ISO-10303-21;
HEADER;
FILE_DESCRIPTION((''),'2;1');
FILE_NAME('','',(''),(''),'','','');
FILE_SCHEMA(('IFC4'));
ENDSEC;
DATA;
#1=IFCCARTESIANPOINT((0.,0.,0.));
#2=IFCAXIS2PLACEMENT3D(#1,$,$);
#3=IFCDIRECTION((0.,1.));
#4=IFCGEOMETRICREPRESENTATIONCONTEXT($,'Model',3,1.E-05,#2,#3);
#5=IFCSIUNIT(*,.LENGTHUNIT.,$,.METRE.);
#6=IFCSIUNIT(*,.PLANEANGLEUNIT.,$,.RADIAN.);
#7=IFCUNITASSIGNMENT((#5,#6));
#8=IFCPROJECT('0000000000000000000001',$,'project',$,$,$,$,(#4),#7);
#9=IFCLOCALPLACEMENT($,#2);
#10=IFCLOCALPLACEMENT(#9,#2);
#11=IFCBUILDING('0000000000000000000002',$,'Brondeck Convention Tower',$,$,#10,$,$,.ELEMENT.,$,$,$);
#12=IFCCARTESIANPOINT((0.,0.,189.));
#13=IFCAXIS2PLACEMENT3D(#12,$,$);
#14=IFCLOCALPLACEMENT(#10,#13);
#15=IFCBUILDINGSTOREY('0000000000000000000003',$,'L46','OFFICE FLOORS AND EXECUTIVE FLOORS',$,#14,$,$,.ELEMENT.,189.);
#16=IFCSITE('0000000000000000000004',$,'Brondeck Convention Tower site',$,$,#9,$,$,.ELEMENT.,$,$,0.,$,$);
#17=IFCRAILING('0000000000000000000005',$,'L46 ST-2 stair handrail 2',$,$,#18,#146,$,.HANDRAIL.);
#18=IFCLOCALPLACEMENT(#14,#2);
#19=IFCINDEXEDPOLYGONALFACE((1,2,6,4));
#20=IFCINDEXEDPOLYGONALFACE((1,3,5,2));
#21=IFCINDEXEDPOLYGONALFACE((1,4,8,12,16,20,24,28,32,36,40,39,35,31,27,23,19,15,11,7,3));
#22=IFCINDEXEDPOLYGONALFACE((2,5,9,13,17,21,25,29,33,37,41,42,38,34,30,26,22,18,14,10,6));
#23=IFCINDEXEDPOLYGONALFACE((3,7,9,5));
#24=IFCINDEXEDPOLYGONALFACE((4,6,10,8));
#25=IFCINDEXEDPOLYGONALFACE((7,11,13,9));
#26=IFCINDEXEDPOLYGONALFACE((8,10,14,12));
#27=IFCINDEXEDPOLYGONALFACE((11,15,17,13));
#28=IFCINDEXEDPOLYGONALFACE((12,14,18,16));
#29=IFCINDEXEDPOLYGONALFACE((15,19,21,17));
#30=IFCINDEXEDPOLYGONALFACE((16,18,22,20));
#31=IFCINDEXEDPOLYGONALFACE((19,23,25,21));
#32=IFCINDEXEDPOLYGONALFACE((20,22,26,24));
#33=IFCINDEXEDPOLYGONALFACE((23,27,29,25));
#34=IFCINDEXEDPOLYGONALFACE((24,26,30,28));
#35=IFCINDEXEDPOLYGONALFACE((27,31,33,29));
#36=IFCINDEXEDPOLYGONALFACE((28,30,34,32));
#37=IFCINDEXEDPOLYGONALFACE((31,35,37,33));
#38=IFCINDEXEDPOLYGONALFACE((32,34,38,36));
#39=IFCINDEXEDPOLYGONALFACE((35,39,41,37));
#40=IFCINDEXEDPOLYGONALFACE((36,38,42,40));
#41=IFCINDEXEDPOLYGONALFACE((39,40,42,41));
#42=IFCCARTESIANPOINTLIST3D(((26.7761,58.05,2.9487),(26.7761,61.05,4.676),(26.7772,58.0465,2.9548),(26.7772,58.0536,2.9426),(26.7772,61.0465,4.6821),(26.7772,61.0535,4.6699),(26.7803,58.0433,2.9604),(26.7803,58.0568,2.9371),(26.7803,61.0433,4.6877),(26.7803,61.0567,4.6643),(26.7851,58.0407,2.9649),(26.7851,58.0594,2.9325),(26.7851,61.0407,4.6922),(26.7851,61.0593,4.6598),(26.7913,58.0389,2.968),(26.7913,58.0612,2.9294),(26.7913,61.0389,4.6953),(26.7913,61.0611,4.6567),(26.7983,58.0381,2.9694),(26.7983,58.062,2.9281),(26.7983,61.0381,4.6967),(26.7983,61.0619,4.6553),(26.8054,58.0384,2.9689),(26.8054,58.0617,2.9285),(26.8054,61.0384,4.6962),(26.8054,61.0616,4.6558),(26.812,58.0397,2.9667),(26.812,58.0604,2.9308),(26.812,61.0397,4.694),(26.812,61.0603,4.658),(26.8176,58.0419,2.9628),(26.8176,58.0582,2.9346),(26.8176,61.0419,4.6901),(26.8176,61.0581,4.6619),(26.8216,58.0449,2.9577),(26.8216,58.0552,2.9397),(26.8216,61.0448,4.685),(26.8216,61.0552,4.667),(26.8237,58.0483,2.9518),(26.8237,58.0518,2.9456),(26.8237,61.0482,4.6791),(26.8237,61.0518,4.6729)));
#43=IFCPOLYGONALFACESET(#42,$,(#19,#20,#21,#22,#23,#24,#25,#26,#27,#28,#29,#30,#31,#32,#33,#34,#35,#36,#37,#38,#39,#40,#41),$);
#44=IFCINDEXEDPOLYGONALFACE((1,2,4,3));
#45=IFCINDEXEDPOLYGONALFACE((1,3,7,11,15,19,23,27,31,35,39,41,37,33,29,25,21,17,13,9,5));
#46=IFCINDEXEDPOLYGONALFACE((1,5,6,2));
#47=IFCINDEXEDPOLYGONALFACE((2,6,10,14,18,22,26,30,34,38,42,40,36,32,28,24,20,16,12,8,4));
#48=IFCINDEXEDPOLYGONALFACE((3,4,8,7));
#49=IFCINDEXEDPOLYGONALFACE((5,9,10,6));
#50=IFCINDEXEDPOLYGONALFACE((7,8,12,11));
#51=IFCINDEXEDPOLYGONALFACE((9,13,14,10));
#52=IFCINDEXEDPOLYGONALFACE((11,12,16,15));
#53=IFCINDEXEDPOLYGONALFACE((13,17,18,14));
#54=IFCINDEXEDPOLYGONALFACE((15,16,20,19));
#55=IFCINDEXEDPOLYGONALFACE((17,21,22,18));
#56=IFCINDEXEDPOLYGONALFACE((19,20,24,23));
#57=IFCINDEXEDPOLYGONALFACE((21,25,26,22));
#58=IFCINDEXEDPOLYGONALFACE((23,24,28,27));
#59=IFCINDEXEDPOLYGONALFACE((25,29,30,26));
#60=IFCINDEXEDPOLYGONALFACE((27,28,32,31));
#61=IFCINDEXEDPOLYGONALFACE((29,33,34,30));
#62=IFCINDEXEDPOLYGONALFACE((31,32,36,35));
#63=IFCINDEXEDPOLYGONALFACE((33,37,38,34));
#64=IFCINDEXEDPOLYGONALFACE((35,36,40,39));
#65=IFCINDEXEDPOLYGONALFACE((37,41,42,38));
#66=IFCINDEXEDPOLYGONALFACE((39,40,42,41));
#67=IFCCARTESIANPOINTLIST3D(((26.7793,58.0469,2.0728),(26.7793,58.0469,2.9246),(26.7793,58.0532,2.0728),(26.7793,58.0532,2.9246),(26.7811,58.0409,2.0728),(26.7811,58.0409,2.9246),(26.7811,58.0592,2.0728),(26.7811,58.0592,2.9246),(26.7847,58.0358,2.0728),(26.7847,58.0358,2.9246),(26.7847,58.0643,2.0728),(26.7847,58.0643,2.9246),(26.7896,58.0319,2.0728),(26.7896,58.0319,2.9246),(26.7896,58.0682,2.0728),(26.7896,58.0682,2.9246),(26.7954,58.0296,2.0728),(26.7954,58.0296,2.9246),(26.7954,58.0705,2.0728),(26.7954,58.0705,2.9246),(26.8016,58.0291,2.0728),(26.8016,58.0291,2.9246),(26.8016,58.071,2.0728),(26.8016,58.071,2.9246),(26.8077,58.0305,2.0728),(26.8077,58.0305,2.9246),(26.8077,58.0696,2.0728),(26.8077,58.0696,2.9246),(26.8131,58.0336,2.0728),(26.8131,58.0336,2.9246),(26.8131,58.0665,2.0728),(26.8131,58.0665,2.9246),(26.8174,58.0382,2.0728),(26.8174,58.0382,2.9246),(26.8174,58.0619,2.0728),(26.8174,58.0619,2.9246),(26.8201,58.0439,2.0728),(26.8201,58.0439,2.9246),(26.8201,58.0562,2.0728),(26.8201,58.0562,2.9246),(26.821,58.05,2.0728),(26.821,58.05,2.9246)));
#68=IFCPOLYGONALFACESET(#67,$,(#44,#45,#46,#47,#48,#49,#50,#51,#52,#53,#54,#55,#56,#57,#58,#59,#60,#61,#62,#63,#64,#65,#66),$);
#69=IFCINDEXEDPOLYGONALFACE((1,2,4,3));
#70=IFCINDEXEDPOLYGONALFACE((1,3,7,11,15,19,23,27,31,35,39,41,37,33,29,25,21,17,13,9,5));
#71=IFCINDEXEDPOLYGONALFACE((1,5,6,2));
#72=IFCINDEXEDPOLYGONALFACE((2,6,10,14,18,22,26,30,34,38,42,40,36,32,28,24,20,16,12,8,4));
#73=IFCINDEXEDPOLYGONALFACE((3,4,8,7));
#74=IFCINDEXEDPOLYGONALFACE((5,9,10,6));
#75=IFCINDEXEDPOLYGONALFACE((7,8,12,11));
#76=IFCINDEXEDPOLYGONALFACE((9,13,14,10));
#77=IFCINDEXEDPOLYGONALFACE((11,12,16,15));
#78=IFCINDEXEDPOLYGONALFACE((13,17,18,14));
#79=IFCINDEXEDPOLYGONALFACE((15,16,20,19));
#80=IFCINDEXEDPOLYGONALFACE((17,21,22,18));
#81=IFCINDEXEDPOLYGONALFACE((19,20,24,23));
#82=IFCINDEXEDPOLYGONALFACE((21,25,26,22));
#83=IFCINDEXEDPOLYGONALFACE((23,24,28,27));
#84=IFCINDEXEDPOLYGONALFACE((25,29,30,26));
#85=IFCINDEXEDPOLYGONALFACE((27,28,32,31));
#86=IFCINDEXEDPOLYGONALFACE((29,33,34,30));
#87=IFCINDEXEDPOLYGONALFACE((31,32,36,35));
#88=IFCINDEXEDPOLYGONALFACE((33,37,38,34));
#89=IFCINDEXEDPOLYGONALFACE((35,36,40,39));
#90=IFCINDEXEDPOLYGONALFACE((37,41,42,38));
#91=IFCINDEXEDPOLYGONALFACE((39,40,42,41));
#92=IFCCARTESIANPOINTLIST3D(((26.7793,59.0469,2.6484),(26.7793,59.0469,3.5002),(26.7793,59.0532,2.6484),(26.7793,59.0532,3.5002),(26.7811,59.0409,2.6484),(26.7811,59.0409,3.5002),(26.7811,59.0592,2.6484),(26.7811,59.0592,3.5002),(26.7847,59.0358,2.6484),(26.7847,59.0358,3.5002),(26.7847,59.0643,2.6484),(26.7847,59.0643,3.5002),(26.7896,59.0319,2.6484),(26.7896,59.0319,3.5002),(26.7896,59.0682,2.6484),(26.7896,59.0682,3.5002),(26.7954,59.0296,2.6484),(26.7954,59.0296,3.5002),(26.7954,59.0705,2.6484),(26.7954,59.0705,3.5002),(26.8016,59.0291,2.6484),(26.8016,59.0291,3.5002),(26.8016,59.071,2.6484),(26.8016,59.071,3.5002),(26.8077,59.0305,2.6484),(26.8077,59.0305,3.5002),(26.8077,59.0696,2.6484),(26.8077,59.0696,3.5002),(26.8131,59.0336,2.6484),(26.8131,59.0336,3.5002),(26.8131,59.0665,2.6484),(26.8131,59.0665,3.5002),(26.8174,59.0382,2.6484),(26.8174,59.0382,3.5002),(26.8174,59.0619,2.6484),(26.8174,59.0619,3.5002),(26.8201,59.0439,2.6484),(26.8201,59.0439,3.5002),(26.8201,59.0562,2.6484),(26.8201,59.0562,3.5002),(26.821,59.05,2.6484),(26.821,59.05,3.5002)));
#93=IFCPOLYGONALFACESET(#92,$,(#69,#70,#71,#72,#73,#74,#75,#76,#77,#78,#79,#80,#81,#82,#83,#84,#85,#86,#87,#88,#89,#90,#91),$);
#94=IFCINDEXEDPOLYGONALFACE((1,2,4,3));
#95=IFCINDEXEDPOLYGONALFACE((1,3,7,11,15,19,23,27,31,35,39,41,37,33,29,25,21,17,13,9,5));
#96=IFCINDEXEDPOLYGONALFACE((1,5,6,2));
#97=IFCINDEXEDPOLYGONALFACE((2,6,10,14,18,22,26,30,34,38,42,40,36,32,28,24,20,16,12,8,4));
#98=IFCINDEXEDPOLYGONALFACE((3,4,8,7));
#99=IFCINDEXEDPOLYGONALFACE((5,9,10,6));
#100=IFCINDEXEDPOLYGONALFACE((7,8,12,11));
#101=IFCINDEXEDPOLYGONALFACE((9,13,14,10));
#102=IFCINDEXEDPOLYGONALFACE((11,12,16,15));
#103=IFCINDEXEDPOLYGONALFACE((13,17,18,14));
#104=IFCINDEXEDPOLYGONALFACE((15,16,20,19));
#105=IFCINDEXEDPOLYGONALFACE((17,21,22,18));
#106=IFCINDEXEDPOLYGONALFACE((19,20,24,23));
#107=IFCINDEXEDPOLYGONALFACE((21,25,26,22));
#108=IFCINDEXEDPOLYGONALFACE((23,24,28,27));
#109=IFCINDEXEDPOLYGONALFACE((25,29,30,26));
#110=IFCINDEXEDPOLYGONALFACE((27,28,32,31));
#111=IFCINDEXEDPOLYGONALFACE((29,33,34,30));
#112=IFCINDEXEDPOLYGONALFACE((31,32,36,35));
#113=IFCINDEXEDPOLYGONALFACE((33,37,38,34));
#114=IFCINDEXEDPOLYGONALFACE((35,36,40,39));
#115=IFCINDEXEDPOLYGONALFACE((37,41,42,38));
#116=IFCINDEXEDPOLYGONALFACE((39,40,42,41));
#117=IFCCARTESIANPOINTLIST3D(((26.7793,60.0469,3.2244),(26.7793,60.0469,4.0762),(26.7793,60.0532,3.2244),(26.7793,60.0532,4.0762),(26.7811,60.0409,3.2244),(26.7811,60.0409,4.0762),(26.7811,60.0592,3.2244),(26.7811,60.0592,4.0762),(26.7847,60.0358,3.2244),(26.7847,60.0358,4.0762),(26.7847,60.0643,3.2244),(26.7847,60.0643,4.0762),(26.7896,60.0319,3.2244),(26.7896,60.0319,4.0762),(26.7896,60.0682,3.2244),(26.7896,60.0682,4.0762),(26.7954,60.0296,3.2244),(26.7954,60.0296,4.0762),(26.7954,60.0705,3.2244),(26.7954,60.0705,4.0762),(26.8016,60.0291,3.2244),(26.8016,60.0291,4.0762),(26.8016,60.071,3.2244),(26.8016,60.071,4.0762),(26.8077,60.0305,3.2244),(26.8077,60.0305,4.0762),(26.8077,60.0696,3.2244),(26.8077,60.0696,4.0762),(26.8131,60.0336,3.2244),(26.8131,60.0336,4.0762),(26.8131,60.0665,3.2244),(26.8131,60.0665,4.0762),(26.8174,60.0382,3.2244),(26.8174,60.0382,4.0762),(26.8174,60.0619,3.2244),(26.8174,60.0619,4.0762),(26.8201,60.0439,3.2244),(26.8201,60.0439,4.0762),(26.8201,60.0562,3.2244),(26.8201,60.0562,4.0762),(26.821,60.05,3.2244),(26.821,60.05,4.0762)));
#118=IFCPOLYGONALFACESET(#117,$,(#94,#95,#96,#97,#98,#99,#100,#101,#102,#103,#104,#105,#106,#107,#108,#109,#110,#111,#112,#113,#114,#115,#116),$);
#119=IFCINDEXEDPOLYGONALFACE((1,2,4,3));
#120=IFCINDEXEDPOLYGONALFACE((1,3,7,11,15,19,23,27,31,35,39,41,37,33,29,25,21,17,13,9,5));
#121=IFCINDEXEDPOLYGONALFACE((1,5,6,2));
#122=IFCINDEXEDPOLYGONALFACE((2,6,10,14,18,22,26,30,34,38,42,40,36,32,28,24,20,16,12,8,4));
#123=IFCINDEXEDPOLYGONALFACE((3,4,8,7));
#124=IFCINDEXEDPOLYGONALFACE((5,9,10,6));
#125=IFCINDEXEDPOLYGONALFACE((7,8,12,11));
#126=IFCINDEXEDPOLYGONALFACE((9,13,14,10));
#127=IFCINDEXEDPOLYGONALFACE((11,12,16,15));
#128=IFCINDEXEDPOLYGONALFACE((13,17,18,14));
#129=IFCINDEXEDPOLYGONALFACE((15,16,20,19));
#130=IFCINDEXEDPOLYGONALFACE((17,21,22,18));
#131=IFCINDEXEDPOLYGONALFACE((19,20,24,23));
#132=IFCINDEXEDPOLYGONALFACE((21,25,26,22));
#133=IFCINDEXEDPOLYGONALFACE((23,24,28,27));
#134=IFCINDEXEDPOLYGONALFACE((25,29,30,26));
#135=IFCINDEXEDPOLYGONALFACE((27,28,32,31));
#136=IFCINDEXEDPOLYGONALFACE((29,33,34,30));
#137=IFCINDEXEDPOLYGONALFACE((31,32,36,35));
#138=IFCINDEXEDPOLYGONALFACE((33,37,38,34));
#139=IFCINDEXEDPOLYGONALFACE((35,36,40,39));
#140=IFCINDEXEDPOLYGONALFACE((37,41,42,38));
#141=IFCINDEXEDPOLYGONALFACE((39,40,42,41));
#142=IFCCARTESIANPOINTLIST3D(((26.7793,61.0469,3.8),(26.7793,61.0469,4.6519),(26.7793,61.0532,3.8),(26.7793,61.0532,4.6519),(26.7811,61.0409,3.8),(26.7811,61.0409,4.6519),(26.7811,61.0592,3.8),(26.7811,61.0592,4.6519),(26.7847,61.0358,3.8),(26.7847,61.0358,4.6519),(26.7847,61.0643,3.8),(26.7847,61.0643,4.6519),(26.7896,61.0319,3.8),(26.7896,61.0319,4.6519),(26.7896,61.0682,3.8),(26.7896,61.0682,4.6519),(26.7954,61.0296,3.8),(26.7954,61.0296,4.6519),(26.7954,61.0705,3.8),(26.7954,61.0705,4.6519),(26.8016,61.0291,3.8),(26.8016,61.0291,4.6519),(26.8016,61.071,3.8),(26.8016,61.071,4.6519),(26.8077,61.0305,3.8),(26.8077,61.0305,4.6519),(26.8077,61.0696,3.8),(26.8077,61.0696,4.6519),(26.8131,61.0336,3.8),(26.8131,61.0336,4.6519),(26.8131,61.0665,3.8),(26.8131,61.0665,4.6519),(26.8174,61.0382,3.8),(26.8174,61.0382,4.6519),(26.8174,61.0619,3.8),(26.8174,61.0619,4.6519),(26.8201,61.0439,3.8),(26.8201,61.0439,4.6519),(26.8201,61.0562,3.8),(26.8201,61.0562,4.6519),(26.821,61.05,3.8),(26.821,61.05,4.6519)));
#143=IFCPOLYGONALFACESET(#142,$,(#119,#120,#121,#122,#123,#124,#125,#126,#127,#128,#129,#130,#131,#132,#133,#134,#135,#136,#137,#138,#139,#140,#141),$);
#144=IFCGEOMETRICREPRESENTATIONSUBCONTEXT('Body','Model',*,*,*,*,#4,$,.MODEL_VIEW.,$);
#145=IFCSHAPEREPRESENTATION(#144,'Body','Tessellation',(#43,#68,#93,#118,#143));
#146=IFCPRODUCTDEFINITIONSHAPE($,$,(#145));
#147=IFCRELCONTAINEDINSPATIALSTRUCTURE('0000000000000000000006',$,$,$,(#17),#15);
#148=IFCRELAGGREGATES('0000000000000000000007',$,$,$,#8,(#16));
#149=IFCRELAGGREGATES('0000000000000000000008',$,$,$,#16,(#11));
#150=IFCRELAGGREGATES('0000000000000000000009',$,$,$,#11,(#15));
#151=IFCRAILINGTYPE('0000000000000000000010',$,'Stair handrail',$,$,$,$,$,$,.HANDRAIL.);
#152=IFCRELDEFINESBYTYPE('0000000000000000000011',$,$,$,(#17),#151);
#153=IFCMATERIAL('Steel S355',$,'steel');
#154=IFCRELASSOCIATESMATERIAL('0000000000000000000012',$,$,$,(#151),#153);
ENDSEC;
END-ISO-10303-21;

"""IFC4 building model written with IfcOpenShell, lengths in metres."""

from ifc_helpers import new_model, si_unit, direction, frame, origin, origin_2d, place, context, subcontext, project, spatial, circle, extrude, material, type_object, element, save


model = new_model("IFC4")

# Units and contexts
model_context = context("Model", 3, precision=1e-05, world=origin(), true_north=direction((0.0, 1.0)))
body_context = subcontext(model_context, "Body", "Model", "MODEL_VIEW")
ifc_project = project(units=[si_unit("LENGTHUNIT", "METRE"), si_unit("PLANEANGLEUNIT", "RADIAN")], contexts=[model_context])

# Site, building, storey
site_placement = place(None, origin())
site = spatial("IfcSite", under=ifc_project, at=site_placement, Name="Brondeck Convention Tower site", CompositionType="ELEMENT", RefElevation=0.0)
building_placement = place(site_placement, origin())
building = spatial("IfcBuilding", under=site, at=building_placement, Name="Brondeck Convention Tower", CompositionType="ELEMENT")
storey_placement = place(building_placement, frame((0.0, 0.0, 189.0)))
storey = spatial("IfcBuildingStorey", under=building, at=storey_placement, Name="L46", Description="OFFICE FLOORS AND EXECUTIVE FLOORS", CompositionType="ELEMENT", Elevation=189.0)

# Shared definitions
ifc_material_1 = material(Name="Steel S355", Category="steel")

# Railing
railing_type_1 = type_object("IfcRailingType", Name="Stair handrail", PredefinedType="HANDRAIL", material=ifc_material_1)
railing_1_placement = place(storey_placement, frame((26.8, 58.05, 2.0728)))
element("IfcRailing", 1, at=railing_1_placement, inside=storey, type_object=railing_type_1, Name="L46 ST-2 stair handrail 2", PredefinedType="HANDRAIL", context=body_context, shape_type="SweptSolid", body=[
    extrude(circle(Radius=0.0239, at=origin_2d()), frame((0.0, 0.0, 0.876), z_axis=(0.0, 0.86662, 0.498969), x_axis=(-1.0, 0.0, 0.0)), (0.0, 0.0, 1.0), 3.4617),
    extrude(circle(Radius=0.021, at=origin_2d()), origin(), (0.0, 0.0, 1.0), 0.8518),
    extrude(circle(Radius=0.021, at=origin_2d()), frame((0.0, 1.0, 0.5757)), (0.0, 0.0, 1.0), 0.8518),
    extrude(circle(Radius=0.021, at=origin_2d()), frame((0.0, 2.0, 1.1516)), (0.0, 0.0, 1.0), 0.8518),
    extrude(circle(Radius=0.021, at=origin_2d()), frame((0.0, 3.0, 1.7273)), (0.0, 0.0, 1.0), 0.8518),
])

save(model, "model.ifc")
